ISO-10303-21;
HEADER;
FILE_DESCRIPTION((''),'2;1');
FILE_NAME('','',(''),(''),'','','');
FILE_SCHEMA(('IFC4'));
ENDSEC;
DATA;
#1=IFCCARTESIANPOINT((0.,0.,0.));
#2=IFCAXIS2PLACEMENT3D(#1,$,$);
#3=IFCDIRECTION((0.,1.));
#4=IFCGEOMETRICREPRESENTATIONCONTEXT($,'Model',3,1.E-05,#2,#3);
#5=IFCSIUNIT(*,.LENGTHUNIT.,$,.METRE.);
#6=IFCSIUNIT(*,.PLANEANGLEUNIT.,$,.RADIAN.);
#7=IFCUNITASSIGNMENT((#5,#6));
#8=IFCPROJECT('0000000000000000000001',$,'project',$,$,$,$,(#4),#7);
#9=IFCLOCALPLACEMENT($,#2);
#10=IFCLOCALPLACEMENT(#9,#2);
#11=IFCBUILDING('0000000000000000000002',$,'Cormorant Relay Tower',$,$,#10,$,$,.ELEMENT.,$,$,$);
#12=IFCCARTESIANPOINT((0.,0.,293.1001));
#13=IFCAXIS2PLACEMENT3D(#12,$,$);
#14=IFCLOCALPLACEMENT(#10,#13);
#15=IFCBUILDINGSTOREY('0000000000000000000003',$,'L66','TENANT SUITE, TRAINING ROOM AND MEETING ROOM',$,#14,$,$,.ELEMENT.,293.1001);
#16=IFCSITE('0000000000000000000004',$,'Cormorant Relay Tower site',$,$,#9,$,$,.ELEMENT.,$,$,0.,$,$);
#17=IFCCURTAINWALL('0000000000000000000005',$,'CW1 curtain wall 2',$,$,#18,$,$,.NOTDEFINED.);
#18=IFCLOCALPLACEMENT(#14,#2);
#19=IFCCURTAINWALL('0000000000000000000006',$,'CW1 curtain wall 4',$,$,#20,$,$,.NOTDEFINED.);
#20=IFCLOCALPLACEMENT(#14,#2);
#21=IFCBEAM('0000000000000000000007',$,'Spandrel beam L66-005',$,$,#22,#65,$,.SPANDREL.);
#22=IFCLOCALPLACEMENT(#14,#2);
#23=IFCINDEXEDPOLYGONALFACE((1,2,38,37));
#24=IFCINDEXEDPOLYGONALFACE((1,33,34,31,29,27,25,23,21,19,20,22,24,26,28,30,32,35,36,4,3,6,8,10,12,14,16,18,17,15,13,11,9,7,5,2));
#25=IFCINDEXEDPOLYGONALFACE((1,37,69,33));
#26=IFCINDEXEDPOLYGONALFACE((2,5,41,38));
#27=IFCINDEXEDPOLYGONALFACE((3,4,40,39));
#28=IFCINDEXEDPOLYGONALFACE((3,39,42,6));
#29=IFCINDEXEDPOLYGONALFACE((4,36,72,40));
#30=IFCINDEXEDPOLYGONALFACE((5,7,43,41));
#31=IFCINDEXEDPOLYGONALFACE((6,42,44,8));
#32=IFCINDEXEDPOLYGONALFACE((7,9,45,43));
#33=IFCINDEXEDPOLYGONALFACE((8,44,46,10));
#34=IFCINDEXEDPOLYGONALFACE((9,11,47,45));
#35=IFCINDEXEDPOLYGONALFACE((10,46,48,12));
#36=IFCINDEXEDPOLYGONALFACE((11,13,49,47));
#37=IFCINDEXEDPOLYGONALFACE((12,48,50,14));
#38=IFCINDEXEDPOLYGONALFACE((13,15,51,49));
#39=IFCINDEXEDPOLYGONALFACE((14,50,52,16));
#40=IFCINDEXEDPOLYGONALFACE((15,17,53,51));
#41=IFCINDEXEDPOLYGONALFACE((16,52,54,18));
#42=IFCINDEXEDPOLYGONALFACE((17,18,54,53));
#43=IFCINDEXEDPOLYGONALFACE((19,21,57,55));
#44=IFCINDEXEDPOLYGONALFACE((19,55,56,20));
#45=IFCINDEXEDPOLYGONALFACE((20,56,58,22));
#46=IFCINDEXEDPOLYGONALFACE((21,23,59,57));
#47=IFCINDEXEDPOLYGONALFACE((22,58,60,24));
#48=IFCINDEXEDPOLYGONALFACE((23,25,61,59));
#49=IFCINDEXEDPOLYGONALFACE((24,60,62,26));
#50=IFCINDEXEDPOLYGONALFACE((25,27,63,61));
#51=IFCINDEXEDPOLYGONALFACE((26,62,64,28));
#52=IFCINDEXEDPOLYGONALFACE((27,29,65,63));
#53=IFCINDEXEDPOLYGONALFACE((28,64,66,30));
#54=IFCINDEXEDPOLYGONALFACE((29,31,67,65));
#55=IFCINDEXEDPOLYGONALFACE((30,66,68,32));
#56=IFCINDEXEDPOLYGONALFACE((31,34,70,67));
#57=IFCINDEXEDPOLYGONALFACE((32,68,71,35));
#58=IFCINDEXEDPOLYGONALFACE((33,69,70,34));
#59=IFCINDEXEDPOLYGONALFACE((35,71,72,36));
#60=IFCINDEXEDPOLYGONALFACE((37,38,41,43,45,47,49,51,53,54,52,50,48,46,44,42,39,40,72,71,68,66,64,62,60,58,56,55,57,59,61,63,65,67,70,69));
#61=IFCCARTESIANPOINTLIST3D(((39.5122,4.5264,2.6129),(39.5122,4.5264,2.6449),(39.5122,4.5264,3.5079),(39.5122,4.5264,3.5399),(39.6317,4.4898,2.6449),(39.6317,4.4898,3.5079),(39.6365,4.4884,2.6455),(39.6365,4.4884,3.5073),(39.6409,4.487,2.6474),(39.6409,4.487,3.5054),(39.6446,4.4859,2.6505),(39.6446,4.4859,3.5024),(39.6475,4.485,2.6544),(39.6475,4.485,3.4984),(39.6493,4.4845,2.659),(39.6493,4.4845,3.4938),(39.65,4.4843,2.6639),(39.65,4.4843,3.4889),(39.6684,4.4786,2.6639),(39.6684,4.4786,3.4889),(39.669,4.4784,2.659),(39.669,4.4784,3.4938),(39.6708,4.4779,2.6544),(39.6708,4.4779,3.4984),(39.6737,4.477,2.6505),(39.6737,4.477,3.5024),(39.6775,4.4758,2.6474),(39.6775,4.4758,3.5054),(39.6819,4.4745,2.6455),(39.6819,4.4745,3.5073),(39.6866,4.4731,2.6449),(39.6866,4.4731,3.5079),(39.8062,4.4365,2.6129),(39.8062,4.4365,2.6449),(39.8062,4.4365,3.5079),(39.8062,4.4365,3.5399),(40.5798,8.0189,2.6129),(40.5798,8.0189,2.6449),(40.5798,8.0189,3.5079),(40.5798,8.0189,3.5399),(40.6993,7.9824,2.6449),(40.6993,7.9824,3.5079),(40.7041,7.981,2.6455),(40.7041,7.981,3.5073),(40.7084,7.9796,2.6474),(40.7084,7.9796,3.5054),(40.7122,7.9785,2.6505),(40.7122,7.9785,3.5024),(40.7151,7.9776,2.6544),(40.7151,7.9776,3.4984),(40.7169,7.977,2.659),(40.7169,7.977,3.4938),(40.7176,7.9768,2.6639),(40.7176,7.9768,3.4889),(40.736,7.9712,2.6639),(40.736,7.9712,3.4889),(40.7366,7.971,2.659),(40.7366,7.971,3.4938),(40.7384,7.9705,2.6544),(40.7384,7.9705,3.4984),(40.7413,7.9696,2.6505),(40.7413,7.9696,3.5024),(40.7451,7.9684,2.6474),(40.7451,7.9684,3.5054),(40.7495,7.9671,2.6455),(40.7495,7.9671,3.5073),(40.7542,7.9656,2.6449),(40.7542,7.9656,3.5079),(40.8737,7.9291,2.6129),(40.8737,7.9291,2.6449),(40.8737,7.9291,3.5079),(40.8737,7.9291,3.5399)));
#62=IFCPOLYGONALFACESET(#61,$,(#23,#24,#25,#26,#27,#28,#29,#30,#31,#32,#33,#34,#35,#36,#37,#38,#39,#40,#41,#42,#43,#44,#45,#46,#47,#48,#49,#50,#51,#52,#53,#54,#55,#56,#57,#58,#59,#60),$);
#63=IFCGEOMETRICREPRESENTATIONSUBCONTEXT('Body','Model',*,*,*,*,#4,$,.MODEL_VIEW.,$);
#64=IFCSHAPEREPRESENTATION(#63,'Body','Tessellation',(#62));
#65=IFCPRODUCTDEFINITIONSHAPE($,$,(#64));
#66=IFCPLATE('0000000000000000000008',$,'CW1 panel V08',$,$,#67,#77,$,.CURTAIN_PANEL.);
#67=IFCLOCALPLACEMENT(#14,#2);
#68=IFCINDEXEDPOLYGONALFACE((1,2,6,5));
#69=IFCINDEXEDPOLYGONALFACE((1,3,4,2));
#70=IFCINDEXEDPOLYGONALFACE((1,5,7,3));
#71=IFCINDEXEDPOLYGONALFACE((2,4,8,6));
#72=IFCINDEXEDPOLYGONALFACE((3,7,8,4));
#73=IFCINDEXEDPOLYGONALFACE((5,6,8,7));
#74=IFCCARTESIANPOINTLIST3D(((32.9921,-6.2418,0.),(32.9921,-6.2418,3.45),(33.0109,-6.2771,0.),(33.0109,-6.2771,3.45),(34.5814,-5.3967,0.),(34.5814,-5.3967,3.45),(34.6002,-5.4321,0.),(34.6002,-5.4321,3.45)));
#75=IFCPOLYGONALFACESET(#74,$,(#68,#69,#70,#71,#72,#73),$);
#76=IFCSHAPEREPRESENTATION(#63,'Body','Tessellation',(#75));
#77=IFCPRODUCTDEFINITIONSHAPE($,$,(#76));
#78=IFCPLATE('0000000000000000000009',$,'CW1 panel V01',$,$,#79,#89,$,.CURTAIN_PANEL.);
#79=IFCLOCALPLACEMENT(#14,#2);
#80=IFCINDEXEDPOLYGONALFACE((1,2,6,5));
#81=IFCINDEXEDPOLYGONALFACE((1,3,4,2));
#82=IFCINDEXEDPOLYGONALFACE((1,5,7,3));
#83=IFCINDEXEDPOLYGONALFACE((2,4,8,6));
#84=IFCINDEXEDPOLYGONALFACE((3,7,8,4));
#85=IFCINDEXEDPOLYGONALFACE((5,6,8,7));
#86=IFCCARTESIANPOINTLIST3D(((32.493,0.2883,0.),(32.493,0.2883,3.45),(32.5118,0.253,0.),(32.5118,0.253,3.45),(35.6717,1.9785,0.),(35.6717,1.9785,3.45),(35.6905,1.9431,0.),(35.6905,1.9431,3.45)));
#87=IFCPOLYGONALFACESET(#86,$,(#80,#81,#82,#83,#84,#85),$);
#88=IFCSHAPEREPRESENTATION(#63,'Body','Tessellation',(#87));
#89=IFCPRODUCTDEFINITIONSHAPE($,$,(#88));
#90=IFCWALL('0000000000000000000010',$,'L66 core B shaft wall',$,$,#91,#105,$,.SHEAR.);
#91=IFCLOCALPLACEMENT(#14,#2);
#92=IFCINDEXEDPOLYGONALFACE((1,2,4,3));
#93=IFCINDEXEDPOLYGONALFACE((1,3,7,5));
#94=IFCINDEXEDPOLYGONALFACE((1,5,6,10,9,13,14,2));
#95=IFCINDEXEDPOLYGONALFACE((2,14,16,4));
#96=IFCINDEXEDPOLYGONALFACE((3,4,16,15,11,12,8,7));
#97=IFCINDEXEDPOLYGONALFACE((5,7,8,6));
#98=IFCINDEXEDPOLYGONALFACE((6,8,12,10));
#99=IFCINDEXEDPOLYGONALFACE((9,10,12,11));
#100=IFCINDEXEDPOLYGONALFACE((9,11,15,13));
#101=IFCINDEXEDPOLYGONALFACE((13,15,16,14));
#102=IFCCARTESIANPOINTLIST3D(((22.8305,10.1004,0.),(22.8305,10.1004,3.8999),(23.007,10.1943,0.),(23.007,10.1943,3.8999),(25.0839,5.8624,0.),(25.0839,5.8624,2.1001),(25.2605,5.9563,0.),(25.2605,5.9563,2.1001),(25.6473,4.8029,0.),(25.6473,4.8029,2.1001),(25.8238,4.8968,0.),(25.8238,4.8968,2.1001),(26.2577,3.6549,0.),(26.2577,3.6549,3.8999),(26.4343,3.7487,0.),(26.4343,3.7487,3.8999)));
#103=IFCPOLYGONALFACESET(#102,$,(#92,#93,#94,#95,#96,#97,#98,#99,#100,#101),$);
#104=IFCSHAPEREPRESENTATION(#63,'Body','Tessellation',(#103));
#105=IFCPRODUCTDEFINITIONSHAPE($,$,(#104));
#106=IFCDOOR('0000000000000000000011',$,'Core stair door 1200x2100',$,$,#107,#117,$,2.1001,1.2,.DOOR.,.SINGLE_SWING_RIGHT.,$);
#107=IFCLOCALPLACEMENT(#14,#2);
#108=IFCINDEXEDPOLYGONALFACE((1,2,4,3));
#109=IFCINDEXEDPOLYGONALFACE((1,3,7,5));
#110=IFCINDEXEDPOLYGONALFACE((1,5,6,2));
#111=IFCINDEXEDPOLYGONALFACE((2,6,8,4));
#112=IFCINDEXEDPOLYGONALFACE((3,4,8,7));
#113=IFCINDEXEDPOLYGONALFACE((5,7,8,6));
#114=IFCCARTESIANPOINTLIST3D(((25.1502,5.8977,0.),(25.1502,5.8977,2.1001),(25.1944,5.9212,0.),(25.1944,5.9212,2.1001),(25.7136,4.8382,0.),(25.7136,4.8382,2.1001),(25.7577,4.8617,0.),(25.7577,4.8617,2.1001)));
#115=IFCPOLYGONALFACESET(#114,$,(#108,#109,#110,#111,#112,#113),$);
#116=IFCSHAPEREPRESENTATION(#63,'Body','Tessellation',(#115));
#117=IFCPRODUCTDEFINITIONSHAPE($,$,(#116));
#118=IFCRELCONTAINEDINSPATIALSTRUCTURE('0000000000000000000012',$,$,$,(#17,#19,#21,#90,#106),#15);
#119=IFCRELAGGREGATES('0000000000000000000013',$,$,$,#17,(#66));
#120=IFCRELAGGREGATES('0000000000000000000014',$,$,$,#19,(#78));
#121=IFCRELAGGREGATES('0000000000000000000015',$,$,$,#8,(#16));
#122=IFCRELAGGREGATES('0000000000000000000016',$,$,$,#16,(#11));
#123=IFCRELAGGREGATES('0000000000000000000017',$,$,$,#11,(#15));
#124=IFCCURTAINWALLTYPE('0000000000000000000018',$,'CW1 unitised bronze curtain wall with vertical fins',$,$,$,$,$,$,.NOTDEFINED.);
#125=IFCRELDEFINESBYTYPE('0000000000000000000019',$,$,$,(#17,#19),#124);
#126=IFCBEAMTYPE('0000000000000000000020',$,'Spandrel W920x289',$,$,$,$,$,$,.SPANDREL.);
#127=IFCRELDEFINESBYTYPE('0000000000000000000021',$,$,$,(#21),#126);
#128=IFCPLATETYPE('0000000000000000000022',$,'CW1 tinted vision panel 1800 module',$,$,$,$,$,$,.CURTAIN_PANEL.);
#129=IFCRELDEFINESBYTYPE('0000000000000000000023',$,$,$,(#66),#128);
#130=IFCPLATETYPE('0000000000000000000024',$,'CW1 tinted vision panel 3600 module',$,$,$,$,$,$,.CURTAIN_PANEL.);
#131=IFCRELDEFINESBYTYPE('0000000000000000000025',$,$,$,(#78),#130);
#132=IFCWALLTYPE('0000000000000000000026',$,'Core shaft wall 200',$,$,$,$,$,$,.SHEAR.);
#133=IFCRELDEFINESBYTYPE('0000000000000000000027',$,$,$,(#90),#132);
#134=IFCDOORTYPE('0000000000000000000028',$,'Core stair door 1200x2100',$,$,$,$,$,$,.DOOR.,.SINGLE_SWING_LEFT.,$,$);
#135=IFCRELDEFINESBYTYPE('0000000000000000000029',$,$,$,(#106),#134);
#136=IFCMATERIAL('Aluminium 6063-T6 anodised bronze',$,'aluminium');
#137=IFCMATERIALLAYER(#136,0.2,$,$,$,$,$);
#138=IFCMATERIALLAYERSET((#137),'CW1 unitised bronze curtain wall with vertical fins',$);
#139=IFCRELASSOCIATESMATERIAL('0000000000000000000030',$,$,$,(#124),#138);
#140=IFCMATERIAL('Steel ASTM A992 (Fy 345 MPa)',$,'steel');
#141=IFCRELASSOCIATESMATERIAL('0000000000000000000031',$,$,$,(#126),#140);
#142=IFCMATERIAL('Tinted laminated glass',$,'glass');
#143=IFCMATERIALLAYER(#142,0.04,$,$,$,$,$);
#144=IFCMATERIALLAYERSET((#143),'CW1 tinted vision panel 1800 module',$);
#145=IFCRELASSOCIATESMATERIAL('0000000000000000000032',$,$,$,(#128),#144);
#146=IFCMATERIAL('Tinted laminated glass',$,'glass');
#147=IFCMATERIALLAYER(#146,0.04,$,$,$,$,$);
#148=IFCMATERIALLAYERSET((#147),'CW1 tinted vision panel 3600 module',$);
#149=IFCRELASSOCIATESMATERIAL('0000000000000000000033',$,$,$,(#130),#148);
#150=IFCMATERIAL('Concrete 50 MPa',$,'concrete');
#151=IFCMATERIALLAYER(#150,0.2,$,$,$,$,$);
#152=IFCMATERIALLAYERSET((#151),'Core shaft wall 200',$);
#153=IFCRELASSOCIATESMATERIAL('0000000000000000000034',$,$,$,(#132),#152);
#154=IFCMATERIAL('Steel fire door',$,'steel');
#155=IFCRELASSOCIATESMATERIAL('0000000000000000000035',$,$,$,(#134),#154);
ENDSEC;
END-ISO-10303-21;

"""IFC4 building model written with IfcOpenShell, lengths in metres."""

from ifc_helpers import new_model, si_unit, direction, frame, frame_2d, origin, origin_2d, place, context, subcontext, project, spatial, rectangle, i_section, extrude, material, layer, layer_set, material_profile, profile_set, type_object, element, fill, aggregate, save


model = new_model("IFC4")

# Units and contexts
model_context = context("Model", 3, precision=1e-05, world=origin(), true_north=direction((0.0, 1.0)))
body_context = subcontext(model_context, "Body", "Model", "MODEL_VIEW")
ifc_project = project(units=[si_unit("LENGTHUNIT", "METRE"), si_unit("PLANEANGLEUNIT", "RADIAN")], contexts=[model_context])

# Site, building, storey
site_placement = place(None, origin())
site = spatial("IfcSite", under=ifc_project, at=site_placement, Name="Cormorant Relay Tower site", CompositionType="ELEMENT", RefElevation=0.0)
building_placement = place(site_placement, origin())
building = spatial("IfcBuilding", under=site, at=building_placement, Name="Cormorant Relay Tower", CompositionType="ELEMENT")
storey_placement = place(building_placement, frame((0.0, 0.0, 293.1001)))
storey = spatial("IfcBuildingStorey", under=building, at=storey_placement, Name="L66", Description="TENANT SUITE, TRAINING ROOM AND MEETING ROOM", CompositionType="ELEMENT", Elevation=293.1001)

# Curtain wall
ifc_material_1 = material(Name="Aluminium 6063-T6 anodised bronze", Category="aluminium")
ifc_layer_1 = layer(ifc_material_1, 0.2)
ifc_layer_set_1 = layer_set([ifc_layer_1], Name="CW1 unitised bronze curtain wall with vertical fins")
curtain_wall_type = type_object("IfcCurtainWallType", Name="CW1 unitised bronze curtain wall with vertical fins", PredefinedType="NOTDEFINED", material=ifc_layer_set_1)
curtain_wall_1_placement = place(storey_placement, origin())
curtain_wall_1 = element("IfcCurtainWall", 1, at=curtain_wall_1_placement, inside=storey, type_object=curtain_wall_type, Name="CW1 curtain wall 2", PredefinedType="NOTDEFINED")

# Curtain wall
curtain_wall_2_placement = place(storey_placement, origin())
curtain_wall_2 = element("IfcCurtainWall", 2, at=curtain_wall_2_placement, inside=storey, type_object=curtain_wall_type, Name="CW1 curtain wall 4", PredefinedType="NOTDEFINED")

# Beam
ifc_material_2 = material(Name="Steel ASTM A992 (Fy 345 MPa)", Category="steel")
ifc_material_profile_1 = material_profile(ifc_material_2, i_section(OverallWidth=0.3074, OverallDepth=0.927, WebThickness=0.0193, FlangeThickness=0.032, FilletRadius=0.019, at=origin_2d()), Name="W920x289")
ifc_profile_set_1 = profile_set([ifc_material_profile_1], Name="Steel ASTM A992 (Fy 345 MPa)")
beam_type = type_object("IfcBeamType", Name="Spandrel W920x289", PredefinedType="SPANDREL", material=ifc_profile_set_1)
beam_1_placement = place(storey_placement, frame((39.6592, 4.4814, 3.0764), z_axis=(0.292324, 0.956319, 0.0), x_axis=(-0.956319, 0.292324, 0.0)))
element("IfcBeam", 3, at=beam_1_placement, inside=storey, type_object=beam_type, Name="Spandrel beam L66-005", PredefinedType="SPANDREL", context=body_context, shape_type="SweptSolid", body=[
    extrude(i_section(OverallWidth=0.3074, OverallDepth=0.927, WebThickness=0.0193, FlangeThickness=0.032, FilletRadius=0.019, at=origin_2d()), origin(), (0.0, 0.0, 1.0), 3.6521),
])

# Plates
ifc_material_3 = material(Name="Tinted laminated glass", Category="glass")
ifc_layer_2 = layer(ifc_material_3, 0.04)
ifc_layer_set_2 = layer_set([ifc_layer_2], Name="CW1 tinted vision panel 1800 module")
plate_type_1 = type_object("IfcPlateType", Name="CW1 tinted vision panel 1800 module", PredefinedType="CURTAIN_PANEL", material=ifc_layer_set_2)
plate_1_placement = place(storey_placement, frame((33.7961, -5.8369, 0.0), z_axis=(0.0, 0.0, 1.0), x_axis=(0.882948, 0.469472, 0.0)))
plate_1 = element("IfcPlate", 4, at=plate_1_placement, type_object=plate_type_1, Name="CW1 panel V08", PredefinedType="CURTAIN_PANEL", context=body_context, shape_type="SweptSolid", body=[
    extrude(rectangle(XDim=1.8, YDim=0.04, at=origin_2d()), origin(), (0.0, 0.0, 1.0), 3.45),
])
ifc_material_4 = material(Name="Tinted laminated glass", Category="glass")
ifc_layer_3 = layer(ifc_material_4, 0.04)
ifc_layer_set_3 = layer_set([ifc_layer_3], Name="CW1 tinted vision panel 3600 module")
plate_type_2 = type_object("IfcPlateType", Name="CW1 tinted vision panel 3600 module", PredefinedType="CURTAIN_PANEL", material=ifc_layer_set_3)
plate_2_placement = place(storey_placement, frame((34.0918, 1.1157, 0.0), z_axis=(0.0, 0.0, 1.0), x_axis=(0.882948, 0.469472, 0.0)))
plate_2 = element("IfcPlate", 5, at=plate_2_placement, type_object=plate_type_2, Name="CW1 panel V01", PredefinedType="CURTAIN_PANEL", context=body_context, shape_type="SweptSolid", body=[
    extrude(rectangle(XDim=3.6001, YDim=0.04, at=origin_2d()), origin(), (0.0, 0.0, 1.0), 3.45),
])

# Wall, opening, door
ifc_material_5 = material(Name="Concrete 50 MPa", Category="concrete")
ifc_layer_4 = layer(ifc_material_5, 0.2)
ifc_layer_set_4 = layer_set([ifc_layer_4], Name="Core shaft wall 200")
wall_type_1 = type_object("IfcWallType", Name="Core shaft wall 200", PredefinedType="SHEAR", material=ifc_layer_set_4)
wall_1_placement = place(storey_placement, frame((26.3459, 3.7019, 0.0), z_axis=(0.0, 0.0, 1.0), x_axis=(-0.46948, 0.882943, 0.0)))
wall_1 = element("IfcWall", 6, at=wall_1_placement, inside=storey, type_object=wall_type_1, Name="L66 core B shaft wall", PredefinedType="SHEAR", context=body_context, shape_type="SweptSolid", body=[
    extrude(rectangle(XDim=7.3, YDim=0.2, at=frame_2d((3.6499, 0.0))), origin(), (0.0, 0.0, 1.0), 3.8999),
])
opening_1_placement = place(wall_1_placement, frame((1.3, 0.0, 0.0)))
opening_1 = element("IfcOpeningElement", 7, at=opening_1_placement, cuts=wall_1, PredefinedType="OPENING", context=body_context, shape_type="SweptSolid", body=[
    extrude(rectangle(XDim=1.2, YDim=2.1001, at=frame_2d((0.6001, 1.05))), frame((0.0, 0.1099, 0.0), z_axis=(0.0, -1.0, 0.0), x_axis=(1.0, 0.0, 0.0)), (0.0, 0.0, 1.0), 0.22),
])
ifc_material_6 = material(Name="Steel fire door", Category="steel")
door_type_1 = type_object("IfcDoorType", Name="Core stair door 1200x2100", OperationType="SINGLE_SWING_LEFT", PredefinedType="DOOR", material=ifc_material_6)
door_1_placement = place(opening_1_placement, origin())
door_1 = element("IfcDoor", 8, at=door_1_placement, inside=storey, type_object=door_type_1, Name="Core stair door 1200x2100", OperationType="SINGLE_SWING_RIGHT", OverallHeight=2.1001, OverallWidth=1.2, PredefinedType="DOOR", context=body_context, shape_type="SweptSolid", body=[
    extrude(rectangle(XDim=1.2, YDim=2.1001, at=frame_2d((0.6001, 1.05))), frame((0.0, 0.0249, 0.0), z_axis=(0.0, -1.0, 0.0), x_axis=(1.0, 0.0, 0.0)), (0.0, 0.0, 1.0), 0.05),
])
fill(opening_1, door_1)

aggregate(curtain_wall_1, [plate_1])
aggregate(curtain_wall_2, [plate_2])

save(model, "model.ifc")
